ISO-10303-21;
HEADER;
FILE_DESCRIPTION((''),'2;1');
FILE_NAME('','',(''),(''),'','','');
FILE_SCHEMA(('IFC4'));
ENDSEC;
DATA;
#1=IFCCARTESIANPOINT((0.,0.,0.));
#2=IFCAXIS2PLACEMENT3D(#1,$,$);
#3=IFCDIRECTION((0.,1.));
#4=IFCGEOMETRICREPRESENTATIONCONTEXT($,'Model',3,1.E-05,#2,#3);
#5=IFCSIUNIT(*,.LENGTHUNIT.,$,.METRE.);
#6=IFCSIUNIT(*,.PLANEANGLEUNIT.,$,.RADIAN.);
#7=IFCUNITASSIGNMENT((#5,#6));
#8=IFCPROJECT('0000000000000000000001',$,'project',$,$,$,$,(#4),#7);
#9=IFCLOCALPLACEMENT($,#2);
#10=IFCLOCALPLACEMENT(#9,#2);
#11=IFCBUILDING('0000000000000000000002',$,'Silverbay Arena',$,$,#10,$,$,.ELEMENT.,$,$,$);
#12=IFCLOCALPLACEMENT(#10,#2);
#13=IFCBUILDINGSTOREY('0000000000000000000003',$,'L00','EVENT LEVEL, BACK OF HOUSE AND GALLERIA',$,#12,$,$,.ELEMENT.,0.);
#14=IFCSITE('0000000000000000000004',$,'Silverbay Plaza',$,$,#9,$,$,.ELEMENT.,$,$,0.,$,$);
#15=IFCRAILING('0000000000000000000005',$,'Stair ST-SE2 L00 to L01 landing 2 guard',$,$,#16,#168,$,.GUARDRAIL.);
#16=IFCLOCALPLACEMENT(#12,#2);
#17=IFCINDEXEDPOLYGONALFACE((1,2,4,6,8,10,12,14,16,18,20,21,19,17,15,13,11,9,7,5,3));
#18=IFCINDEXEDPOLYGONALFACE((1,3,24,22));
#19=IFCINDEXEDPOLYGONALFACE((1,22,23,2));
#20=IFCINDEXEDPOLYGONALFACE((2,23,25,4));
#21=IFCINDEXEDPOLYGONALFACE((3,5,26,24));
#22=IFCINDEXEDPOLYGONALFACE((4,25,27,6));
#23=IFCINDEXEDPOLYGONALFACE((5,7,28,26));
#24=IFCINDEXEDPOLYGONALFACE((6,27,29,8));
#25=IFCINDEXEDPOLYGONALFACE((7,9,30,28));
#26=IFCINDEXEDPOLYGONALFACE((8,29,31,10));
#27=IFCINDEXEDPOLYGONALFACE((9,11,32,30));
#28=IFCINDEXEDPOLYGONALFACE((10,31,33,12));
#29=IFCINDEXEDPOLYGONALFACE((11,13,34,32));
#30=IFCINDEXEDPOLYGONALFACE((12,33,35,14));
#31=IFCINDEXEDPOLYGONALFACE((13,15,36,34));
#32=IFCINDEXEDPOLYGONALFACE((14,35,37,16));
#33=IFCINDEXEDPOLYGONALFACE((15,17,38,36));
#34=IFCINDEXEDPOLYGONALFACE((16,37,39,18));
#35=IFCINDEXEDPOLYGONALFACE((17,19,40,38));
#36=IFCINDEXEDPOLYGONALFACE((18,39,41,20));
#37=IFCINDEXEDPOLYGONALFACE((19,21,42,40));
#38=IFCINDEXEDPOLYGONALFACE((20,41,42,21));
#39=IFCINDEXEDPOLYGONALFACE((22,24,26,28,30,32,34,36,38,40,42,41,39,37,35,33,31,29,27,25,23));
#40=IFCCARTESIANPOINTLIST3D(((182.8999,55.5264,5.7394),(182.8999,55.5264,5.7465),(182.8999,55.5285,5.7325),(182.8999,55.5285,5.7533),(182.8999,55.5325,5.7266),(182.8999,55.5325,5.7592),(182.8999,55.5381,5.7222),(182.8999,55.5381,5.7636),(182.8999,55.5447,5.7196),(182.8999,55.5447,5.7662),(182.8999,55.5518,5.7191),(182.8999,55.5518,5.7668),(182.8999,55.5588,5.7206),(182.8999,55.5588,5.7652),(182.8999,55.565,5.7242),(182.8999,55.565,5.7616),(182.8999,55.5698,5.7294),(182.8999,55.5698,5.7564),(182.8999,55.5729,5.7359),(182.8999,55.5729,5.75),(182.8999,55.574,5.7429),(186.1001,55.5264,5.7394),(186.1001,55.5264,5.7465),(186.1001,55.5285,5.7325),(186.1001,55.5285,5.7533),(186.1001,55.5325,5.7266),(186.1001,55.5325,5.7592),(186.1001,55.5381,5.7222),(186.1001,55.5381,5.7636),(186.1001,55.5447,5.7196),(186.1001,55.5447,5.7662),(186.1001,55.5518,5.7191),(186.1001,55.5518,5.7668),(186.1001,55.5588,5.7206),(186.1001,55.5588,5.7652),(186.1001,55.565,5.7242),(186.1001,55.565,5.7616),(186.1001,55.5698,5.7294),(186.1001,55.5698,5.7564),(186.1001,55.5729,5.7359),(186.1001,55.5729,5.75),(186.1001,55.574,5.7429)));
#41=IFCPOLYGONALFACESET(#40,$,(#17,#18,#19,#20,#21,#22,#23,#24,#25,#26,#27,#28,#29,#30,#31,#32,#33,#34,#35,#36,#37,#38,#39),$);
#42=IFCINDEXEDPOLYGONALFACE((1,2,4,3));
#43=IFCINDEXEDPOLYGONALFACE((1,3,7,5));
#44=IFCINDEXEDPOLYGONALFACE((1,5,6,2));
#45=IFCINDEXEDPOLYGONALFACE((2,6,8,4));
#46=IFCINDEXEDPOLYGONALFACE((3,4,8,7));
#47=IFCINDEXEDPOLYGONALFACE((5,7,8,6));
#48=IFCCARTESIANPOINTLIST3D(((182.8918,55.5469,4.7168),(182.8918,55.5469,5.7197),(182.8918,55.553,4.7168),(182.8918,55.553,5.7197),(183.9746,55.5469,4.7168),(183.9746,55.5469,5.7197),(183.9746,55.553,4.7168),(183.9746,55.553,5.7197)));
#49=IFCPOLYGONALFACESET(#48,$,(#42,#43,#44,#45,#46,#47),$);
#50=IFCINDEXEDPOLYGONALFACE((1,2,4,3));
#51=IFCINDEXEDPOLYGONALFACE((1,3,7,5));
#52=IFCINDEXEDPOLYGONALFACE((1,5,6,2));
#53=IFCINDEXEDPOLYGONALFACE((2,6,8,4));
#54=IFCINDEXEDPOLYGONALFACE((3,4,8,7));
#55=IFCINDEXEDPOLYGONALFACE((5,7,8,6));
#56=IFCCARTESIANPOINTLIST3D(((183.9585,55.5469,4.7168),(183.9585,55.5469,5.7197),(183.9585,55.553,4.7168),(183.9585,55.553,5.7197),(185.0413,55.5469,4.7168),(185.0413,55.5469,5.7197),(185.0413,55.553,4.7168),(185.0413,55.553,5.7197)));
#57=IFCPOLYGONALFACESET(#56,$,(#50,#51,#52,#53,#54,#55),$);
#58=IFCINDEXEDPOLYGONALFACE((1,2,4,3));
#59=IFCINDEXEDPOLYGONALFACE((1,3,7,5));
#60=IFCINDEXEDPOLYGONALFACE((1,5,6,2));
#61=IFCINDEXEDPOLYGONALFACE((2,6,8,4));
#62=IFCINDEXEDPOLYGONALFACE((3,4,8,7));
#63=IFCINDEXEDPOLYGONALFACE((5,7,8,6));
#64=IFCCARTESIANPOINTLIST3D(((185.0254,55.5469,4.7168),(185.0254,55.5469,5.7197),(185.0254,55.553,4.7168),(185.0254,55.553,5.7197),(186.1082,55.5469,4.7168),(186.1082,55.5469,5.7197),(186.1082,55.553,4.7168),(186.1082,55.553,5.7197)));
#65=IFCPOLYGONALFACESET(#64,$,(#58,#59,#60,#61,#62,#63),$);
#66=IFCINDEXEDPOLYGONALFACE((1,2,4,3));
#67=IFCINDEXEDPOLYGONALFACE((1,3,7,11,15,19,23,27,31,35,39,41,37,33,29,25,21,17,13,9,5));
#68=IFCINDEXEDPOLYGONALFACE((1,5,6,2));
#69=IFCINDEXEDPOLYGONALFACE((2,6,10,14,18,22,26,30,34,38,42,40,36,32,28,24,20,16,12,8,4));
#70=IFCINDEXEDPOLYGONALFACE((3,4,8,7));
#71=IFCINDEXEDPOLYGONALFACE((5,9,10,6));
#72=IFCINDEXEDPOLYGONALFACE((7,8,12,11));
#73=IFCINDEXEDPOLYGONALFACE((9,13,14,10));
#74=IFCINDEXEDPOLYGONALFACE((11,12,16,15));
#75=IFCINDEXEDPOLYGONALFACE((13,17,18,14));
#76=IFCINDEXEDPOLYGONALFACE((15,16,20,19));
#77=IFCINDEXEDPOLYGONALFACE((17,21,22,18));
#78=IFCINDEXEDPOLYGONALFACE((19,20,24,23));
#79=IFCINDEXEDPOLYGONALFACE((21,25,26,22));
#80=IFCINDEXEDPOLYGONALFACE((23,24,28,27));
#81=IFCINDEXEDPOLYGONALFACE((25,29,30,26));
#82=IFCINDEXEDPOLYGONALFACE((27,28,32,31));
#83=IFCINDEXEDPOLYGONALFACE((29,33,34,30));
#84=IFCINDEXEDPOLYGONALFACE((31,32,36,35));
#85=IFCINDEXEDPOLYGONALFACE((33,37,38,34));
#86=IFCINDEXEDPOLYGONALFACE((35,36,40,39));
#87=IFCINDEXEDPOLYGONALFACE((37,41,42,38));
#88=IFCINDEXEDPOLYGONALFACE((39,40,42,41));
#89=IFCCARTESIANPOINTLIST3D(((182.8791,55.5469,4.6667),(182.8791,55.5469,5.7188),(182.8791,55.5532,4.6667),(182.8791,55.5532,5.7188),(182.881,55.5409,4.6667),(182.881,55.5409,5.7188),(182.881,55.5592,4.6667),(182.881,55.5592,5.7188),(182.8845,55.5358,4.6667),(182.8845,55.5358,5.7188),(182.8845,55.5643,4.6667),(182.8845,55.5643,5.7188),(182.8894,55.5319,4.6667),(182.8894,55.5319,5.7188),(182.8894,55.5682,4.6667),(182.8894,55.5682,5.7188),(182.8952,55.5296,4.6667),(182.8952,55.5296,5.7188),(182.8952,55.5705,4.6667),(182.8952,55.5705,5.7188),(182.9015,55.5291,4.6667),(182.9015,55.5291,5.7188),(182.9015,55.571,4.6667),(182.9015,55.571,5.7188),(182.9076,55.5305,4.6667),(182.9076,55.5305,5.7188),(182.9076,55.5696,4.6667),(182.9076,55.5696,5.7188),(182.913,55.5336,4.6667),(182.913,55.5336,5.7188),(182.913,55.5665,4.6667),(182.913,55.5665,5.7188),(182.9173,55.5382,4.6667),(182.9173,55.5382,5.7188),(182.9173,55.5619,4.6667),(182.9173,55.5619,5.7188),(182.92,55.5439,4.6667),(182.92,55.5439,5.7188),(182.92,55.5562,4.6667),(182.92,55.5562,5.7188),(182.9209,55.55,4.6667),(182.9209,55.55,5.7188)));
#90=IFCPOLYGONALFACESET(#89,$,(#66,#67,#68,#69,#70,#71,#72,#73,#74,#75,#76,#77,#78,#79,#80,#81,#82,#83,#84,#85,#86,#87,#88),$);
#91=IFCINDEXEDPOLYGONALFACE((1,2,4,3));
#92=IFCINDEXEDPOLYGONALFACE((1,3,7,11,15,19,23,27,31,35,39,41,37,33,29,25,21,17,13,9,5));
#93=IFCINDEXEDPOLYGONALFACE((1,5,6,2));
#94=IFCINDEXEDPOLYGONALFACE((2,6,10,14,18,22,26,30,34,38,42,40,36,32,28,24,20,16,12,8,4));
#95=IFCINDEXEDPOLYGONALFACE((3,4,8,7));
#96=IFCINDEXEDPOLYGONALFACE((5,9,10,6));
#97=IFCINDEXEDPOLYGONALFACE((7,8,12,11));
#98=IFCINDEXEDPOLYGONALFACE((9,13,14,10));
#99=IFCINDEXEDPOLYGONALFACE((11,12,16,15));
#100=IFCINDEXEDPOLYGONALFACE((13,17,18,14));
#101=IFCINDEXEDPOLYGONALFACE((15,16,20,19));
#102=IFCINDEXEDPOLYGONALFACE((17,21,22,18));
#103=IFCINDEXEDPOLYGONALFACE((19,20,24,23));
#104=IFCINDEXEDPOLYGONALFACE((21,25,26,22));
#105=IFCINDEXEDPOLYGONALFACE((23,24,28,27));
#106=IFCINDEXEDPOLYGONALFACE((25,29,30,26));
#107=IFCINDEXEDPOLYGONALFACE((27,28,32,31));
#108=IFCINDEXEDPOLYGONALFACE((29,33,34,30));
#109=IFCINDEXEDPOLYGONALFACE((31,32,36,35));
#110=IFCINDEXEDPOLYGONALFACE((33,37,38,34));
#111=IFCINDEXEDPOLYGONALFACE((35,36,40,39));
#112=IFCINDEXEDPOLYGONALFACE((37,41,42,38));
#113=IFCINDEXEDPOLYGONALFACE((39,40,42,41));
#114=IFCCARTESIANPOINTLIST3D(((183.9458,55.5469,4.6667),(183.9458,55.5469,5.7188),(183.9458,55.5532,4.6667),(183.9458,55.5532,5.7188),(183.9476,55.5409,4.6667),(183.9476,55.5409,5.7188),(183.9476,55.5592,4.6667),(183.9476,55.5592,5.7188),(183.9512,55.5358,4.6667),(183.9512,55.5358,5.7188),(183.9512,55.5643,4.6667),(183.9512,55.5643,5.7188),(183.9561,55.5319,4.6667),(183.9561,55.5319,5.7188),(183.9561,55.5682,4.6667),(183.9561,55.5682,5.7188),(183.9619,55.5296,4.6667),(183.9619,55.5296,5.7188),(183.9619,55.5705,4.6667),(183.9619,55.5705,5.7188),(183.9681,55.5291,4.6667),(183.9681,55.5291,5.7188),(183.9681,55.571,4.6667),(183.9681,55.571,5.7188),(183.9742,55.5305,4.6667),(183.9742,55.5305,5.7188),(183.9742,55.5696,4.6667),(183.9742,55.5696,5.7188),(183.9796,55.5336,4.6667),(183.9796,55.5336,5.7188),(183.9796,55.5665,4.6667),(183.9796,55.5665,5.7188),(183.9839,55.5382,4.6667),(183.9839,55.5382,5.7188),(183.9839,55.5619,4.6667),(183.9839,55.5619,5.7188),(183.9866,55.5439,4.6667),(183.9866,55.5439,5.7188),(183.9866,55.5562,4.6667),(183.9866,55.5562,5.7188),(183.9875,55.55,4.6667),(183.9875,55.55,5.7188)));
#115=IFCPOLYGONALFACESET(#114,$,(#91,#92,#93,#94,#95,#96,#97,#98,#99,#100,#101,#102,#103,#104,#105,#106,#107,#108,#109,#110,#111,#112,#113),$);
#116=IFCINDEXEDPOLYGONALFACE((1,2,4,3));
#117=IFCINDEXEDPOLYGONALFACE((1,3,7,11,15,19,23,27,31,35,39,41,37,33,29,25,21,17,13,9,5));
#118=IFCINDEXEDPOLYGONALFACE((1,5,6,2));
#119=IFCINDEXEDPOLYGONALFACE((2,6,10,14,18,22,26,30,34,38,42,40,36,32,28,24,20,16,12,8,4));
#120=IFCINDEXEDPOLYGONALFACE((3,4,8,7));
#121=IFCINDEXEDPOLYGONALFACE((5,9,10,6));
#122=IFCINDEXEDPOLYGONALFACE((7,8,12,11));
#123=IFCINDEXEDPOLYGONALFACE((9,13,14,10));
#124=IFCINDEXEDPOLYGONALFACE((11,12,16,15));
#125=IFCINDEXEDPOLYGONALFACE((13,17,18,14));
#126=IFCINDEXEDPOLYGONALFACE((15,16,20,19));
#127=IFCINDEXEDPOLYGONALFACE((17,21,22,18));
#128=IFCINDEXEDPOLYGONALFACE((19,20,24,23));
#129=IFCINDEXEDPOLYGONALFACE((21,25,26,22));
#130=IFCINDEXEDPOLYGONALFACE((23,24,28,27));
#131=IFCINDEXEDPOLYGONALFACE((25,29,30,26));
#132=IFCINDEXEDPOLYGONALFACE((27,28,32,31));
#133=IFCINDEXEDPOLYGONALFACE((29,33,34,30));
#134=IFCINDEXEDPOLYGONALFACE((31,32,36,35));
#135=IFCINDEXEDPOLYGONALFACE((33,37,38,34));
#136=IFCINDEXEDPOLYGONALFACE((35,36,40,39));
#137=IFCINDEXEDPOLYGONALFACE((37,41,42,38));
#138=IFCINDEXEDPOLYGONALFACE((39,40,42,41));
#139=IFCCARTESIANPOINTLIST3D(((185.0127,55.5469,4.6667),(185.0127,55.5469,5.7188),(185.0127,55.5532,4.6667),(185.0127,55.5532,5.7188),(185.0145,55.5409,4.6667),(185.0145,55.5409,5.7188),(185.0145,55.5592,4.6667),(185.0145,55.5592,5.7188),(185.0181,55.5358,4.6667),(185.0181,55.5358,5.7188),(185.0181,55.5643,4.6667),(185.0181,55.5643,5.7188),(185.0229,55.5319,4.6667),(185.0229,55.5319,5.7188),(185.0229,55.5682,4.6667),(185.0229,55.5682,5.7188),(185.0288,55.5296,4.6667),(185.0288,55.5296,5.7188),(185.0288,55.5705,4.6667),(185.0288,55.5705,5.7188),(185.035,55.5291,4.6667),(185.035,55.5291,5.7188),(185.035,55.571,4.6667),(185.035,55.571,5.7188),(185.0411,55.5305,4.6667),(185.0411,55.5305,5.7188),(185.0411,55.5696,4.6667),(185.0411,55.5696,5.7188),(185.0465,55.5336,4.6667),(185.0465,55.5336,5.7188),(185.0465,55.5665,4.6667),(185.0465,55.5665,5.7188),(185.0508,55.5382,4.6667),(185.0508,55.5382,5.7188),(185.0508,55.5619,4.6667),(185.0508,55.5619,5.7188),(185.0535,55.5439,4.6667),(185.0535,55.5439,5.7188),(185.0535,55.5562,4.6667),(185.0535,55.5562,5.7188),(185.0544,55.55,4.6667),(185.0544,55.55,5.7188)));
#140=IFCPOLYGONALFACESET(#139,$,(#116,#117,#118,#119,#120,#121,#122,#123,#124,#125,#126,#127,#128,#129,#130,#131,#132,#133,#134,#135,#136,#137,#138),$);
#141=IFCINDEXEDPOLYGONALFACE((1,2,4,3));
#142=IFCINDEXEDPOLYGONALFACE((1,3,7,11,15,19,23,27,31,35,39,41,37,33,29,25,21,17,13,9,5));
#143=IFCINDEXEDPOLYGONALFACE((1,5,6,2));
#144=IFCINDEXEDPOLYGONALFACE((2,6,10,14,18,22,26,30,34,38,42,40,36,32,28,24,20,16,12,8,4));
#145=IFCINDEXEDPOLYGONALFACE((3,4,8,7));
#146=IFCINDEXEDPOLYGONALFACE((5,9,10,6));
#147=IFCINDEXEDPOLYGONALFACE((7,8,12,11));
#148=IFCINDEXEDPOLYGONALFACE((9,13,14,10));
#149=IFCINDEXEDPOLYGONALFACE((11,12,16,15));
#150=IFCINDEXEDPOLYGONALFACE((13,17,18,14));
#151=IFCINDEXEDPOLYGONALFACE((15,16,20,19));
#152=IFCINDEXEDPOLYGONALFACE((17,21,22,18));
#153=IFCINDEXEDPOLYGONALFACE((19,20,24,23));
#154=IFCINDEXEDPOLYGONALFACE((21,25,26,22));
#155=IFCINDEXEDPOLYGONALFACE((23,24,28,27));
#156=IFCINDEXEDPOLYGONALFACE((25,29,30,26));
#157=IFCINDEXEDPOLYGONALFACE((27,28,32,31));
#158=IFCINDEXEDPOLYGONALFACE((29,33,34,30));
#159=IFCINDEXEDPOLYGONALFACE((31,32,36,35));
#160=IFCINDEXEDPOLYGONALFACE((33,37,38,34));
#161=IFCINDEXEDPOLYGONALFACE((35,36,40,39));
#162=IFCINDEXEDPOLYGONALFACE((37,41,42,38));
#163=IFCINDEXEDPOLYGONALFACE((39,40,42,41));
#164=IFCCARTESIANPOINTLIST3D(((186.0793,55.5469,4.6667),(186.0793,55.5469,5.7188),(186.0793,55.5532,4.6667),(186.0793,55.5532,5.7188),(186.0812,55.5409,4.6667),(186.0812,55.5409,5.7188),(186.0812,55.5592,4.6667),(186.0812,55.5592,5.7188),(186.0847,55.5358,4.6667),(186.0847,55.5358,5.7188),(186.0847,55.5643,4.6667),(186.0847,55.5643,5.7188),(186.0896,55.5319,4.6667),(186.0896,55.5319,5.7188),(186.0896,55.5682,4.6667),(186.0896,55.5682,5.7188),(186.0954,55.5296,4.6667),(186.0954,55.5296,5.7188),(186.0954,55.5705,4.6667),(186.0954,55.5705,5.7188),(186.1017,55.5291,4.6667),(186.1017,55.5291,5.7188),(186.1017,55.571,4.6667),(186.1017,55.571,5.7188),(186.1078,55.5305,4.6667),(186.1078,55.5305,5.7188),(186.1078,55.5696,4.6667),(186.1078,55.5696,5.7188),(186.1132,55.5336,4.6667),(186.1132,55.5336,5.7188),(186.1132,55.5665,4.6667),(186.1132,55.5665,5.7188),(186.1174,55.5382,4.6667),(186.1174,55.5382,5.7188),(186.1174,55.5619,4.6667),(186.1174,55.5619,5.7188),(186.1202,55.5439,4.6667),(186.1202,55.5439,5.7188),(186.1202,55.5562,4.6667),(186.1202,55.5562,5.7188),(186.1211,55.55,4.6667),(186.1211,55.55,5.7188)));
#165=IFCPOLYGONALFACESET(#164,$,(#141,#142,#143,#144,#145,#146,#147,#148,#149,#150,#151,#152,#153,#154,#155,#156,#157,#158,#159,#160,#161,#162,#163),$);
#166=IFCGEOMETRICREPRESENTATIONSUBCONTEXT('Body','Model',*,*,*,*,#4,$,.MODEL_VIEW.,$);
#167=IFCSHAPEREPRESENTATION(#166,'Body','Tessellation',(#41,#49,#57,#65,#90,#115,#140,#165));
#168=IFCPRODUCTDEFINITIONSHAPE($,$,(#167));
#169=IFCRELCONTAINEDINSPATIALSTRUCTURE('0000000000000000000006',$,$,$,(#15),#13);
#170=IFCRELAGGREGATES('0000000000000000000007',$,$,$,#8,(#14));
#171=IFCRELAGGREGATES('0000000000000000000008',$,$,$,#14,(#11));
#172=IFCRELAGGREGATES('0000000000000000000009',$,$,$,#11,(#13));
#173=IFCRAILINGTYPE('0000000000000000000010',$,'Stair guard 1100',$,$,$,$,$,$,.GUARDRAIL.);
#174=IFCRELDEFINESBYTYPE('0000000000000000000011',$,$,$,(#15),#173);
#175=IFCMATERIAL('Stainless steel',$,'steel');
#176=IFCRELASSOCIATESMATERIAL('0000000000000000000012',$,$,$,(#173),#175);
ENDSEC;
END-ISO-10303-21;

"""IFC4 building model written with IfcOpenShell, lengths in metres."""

from ifc_helpers import new_model, si_unit, direction, frame, origin, origin_2d, place, context, subcontext, project, spatial, polyline, circle, outline, extrude, material, type_object, element, save


model = new_model("IFC4")

# Units and contexts
model_context = context("Model", 3, precision=1e-05, world=origin(), true_north=direction((0.0, 1.0)))
body_context = subcontext(model_context, "Body", "Model", "MODEL_VIEW")
ifc_project = project(units=[si_unit("LENGTHUNIT", "METRE"), si_unit("PLANEANGLEUNIT", "RADIAN")], contexts=[model_context])

# Site, building, storey
site_placement = place(None, origin())
site = spatial("IfcSite", under=ifc_project, at=site_placement, Name="Silverbay Plaza", CompositionType="ELEMENT", RefElevation=0.0)
building_placement = place(site_placement, origin())
building = spatial("IfcBuilding", under=site, at=building_placement, Name="Silverbay Arena", CompositionType="ELEMENT")
storey_placement = place(building_placement, origin())
storey = spatial("IfcBuildingStorey", under=building, at=storey_placement, Name="L00", Description="EVENT LEVEL, BACK OF HOUSE AND GALLERIA", CompositionType="ELEMENT", Elevation=0.0)

# Railing
ifc_material_1 = material(Name="Stainless steel", Category="steel")
railing_type_1 = type_object("IfcRailingType", Name="Stair guard 1100", PredefinedType="GUARDRAIL", material=ifc_material_1)
for number, where, name in (
    (1, (182.8999, 55.55, 4.6667), "Stair ST-SE2 L00 to L01 landing 2 guard"),
):
    element("IfcRailing", number, at=place(storey_placement, frame(where)), inside=storey, type_object=railing_type_1, Name=name, PredefinedType="GUARDRAIL", context=body_context, shape_type="SweptSolid", body=[
        extrude(circle(Radius=0.0239, at=origin_2d()), frame((0.0, 0.0, 1.0762), z_axis=(1.0, 0.0, 0.0), x_axis=(0.0, 1.0, 0.0)), (0.0, 0.0, 1.0), 3.2002),
        extrude(outline(polyline([(-0.0081, 0.05), (1.0747, 0.05), (1.0747, 1.053), (-0.0081, 1.053), (-0.0081, 0.05)])), frame((0.0, 0.0029, 0.0), z_axis=(0.0, -1.0, 0.0), x_axis=(1.0, 0.0, 0.0)), (0.0, 0.0, 1.0), 0.0061),
        extrude(outline(polyline([(-0.0081, 0.05), (1.0747, 0.05), (1.0747, 1.053), (-0.0081, 1.053), (-0.0081, 0.05)])), frame((1.0667, 0.0029, 0.0), z_axis=(0.0, -1.0, 0.0), x_axis=(1.0, 0.0, 0.0)), (0.0, 0.0, 1.0), 0.0061),
        extrude(outline(polyline([(-0.0081, 0.05), (1.0747, 0.05), (1.0747, 1.053), (-0.0081, 1.053), (-0.0081, 0.05)])), frame((2.1335, 0.0029, 0.0), z_axis=(0.0, -1.0, 0.0), x_axis=(1.0, 0.0, 0.0)), (0.0, 0.0, 1.0), 0.0061),
        extrude(circle(Radius=0.021, at=origin_2d()), origin(), (0.0, 0.0, 1.0), 1.052),
        extrude(circle(Radius=0.021, at=origin_2d()), frame((1.0667, 0.0, 0.0)), (0.0, 0.0, 1.0), 1.052),
        extrude(circle(Radius=0.021, at=origin_2d()), frame((2.1335, 0.0, 0.0)), (0.0, 0.0, 1.0), 1.052),
        extrude(circle(Radius=0.021, at=origin_2d()), frame((3.2002, 0.0, 0.0)), (0.0, 0.0, 1.0), 1.052),
    ])

save(model, "model.ifc")
